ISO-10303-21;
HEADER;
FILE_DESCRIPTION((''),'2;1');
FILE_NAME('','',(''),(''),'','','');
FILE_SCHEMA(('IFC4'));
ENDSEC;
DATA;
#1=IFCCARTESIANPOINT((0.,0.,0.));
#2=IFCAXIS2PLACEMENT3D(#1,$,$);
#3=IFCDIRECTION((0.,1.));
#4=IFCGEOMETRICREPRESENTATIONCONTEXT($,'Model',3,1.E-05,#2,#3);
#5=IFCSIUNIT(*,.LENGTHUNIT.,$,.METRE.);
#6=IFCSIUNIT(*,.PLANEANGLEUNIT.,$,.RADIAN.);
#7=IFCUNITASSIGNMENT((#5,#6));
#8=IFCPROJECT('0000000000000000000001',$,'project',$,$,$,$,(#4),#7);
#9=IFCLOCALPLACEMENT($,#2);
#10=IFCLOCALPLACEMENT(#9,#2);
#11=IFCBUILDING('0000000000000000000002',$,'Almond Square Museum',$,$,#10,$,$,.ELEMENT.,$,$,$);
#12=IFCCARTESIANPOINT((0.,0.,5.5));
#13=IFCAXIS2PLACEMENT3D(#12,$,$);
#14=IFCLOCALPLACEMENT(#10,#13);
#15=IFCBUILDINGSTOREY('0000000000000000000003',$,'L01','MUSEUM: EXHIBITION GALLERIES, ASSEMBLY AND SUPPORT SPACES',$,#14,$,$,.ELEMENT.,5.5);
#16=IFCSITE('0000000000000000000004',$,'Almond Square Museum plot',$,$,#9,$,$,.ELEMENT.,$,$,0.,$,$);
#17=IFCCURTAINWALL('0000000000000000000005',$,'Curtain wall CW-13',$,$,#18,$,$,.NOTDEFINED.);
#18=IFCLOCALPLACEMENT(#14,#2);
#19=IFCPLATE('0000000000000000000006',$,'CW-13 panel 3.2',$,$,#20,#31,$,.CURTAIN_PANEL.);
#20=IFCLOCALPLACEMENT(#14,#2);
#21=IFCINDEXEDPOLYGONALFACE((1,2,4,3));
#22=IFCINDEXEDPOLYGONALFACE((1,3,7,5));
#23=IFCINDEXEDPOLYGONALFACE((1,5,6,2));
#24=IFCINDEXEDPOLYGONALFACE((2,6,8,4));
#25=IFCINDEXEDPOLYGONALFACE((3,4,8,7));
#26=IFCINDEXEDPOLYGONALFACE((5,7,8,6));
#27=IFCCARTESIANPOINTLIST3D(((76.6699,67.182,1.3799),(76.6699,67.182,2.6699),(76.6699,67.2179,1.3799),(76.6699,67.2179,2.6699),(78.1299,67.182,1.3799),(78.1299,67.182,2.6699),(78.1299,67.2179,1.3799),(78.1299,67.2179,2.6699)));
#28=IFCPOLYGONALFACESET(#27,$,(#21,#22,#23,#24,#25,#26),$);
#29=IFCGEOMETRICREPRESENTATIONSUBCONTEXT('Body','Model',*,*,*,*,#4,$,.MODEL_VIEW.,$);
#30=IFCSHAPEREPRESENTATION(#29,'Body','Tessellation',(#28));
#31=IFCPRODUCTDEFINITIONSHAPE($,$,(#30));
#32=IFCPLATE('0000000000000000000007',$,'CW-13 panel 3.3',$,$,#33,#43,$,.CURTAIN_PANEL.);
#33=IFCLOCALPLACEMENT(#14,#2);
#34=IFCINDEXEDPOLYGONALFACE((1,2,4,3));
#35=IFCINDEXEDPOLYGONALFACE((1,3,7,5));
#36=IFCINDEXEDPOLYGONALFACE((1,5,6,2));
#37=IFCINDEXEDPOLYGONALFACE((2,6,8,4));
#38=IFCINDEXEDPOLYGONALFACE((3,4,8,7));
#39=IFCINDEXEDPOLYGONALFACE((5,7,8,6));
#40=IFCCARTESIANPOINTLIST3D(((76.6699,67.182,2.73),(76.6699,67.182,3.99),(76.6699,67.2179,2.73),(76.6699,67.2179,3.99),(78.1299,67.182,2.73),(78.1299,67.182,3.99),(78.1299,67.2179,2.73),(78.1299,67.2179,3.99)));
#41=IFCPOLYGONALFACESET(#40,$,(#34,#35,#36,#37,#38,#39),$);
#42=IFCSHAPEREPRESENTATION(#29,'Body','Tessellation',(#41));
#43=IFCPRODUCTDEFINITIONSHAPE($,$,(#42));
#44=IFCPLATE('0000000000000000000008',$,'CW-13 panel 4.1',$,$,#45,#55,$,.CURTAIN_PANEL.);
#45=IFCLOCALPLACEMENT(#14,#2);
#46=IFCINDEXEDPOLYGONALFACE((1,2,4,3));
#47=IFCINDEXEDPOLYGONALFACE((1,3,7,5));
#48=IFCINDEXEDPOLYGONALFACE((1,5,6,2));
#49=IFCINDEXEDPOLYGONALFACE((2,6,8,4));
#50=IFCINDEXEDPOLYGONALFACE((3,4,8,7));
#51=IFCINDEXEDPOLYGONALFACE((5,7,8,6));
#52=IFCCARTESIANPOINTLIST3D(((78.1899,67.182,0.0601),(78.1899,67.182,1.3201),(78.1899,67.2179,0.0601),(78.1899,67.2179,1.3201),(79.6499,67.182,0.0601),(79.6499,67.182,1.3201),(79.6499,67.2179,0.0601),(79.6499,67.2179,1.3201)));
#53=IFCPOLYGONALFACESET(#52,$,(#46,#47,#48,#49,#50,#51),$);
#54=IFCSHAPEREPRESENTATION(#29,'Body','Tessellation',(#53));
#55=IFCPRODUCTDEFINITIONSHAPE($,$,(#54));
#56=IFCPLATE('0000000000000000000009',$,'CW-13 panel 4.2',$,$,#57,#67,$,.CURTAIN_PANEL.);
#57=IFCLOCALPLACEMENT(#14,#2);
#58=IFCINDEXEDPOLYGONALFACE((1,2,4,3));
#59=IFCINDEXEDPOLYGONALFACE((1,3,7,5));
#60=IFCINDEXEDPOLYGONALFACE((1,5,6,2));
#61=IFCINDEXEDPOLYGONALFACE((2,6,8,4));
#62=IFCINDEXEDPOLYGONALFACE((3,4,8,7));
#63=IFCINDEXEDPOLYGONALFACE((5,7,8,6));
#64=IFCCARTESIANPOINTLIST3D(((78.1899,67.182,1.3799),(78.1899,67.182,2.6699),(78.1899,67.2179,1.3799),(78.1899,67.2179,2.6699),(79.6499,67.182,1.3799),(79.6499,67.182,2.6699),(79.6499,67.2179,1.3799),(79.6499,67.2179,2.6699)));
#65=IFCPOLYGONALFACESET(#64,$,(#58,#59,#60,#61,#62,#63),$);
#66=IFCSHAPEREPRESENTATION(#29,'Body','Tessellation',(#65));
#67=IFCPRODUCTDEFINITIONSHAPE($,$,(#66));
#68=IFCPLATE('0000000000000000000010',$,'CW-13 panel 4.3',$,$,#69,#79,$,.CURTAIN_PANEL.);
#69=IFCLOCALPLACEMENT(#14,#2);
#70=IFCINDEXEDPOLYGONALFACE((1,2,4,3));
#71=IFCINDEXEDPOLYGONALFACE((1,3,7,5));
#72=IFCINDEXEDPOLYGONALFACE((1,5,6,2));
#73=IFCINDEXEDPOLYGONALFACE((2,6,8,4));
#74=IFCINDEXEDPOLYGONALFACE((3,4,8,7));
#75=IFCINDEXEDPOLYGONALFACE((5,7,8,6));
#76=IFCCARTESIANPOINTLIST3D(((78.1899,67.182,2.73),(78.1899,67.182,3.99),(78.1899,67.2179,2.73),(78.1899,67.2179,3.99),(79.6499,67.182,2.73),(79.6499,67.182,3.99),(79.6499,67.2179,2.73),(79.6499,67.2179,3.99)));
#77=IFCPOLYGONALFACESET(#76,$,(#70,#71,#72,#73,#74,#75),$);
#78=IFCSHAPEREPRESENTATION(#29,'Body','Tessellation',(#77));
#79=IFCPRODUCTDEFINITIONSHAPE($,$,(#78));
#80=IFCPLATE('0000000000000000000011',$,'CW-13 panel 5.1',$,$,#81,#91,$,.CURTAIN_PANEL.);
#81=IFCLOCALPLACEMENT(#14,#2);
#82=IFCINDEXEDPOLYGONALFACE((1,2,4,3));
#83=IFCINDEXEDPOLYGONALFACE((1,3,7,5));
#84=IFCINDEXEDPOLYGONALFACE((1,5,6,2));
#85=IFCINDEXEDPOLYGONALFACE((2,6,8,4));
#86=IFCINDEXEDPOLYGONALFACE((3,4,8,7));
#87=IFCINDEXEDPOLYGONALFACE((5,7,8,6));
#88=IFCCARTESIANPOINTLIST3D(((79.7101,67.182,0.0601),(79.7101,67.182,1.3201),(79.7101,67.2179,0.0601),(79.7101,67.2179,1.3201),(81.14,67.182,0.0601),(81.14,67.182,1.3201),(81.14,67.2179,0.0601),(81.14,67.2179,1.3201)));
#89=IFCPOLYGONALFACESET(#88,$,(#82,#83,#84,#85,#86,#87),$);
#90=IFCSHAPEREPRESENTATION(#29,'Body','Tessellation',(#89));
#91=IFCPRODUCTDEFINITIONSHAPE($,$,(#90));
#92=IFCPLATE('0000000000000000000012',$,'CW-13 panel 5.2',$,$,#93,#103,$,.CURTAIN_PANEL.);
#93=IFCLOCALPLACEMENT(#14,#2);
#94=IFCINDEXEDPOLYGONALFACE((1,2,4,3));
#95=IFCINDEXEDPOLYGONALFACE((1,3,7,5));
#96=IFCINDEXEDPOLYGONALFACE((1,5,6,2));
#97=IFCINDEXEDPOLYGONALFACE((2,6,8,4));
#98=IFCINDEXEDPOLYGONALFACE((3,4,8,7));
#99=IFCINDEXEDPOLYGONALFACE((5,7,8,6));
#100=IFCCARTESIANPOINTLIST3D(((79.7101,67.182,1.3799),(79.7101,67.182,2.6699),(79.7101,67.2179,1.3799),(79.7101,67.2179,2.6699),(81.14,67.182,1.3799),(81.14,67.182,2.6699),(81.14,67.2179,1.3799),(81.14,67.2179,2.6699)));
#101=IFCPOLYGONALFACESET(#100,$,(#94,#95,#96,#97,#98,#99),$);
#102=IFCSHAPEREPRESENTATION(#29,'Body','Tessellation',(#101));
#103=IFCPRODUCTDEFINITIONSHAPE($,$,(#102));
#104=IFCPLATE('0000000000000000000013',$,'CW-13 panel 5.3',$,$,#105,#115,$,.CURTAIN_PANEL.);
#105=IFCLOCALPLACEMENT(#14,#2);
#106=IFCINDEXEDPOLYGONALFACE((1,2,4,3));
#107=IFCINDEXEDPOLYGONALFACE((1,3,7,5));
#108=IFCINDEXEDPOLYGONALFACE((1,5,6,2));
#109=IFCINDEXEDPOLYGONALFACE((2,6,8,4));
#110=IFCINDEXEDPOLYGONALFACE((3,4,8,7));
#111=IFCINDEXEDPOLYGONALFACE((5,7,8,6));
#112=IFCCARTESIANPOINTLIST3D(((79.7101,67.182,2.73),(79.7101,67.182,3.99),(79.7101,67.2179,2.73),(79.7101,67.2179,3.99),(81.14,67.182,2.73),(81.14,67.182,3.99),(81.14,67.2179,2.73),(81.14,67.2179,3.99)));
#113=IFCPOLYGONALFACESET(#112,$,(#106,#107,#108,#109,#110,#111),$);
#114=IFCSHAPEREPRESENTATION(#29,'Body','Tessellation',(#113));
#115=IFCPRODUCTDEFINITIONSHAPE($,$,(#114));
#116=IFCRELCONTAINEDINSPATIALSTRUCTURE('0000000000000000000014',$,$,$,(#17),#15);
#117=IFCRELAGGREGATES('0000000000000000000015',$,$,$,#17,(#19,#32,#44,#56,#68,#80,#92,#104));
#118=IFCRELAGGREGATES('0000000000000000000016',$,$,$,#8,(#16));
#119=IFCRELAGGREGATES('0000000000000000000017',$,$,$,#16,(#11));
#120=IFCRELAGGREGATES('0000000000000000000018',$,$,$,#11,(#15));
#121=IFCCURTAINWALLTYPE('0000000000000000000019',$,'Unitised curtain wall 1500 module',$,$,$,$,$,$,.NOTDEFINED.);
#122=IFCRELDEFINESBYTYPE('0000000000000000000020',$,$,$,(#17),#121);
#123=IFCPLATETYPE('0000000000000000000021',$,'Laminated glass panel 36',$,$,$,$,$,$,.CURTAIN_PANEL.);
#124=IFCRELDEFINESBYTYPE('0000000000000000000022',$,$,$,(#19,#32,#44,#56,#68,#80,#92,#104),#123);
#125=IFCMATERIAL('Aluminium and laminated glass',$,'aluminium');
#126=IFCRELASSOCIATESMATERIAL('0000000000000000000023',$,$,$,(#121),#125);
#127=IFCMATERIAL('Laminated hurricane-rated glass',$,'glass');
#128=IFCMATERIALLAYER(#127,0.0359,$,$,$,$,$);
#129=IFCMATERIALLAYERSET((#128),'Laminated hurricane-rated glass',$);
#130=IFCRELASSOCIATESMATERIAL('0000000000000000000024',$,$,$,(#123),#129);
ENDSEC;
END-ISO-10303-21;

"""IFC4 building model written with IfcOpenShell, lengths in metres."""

from ifc_helpers import new_model, si_unit, direction, frame, origin, origin_2d, place, context, subcontext, project, spatial, rectangle, extrude, material, layer, layer_set, type_object, element, aggregate, save


model = new_model("IFC4")

# Units and contexts
model_context = context("Model", 3, precision=1e-05, world=origin(), true_north=direction((0.0, 1.0)))
body_context = subcontext(model_context, "Body", "Model", "MODEL_VIEW")
ifc_project = project(units=[si_unit("LENGTHUNIT", "METRE"), si_unit("PLANEANGLEUNIT", "RADIAN")], contexts=[model_context])

# Site, building, storey
site_placement = place(None, origin())
site = spatial("IfcSite", under=ifc_project, at=site_placement, Name="Almond Square Museum plot", CompositionType="ELEMENT", RefElevation=0.0)
building_placement = place(site_placement, origin())
building = spatial("IfcBuilding", under=site, at=building_placement, Name="Almond Square Museum", CompositionType="ELEMENT")
storey_placement = place(building_placement, frame((0.0, 0.0, 5.5)))
storey = spatial("IfcBuildingStorey", under=building, at=storey_placement, Name="L01", Description="MUSEUM: EXHIBITION GALLERIES, ASSEMBLY AND SUPPORT SPACES", CompositionType="ELEMENT", Elevation=5.5)

# Curtain wall
ifc_material_1 = material(Name="Aluminium and laminated glass", Category="aluminium")
curtain_wall_type = type_object("IfcCurtainWallType", Name="Unitised curtain wall 1500 module", PredefinedType="NOTDEFINED", material=ifc_material_1)
curtain_wall_1_placement = place(storey_placement, origin())
curtain_wall_1 = element("IfcCurtainWall", 1, at=curtain_wall_1_placement, inside=storey, type_object=curtain_wall_type, Name="Curtain wall CW-13", PredefinedType="NOTDEFINED")

# Plates
ifc_material_2 = material(Name="Laminated hurricane-rated glass", Category="glass")
ifc_layer = layer(ifc_material_2, 0.0359)
ifc_layer_set = layer_set([ifc_layer], Name="Laminated hurricane-rated glass")
plate_type = type_object("IfcPlateType", Name="Laminated glass panel 36", PredefinedType="CURTAIN_PANEL", material=ifc_layer_set)
plate_1_placement = place(storey_placement, frame((77.3999, 67.2, 1.3799), z_axis=(0.0, 0.0, 1.0), x_axis=(1.0, 0.0, 0.0)))
plate_1 = element("IfcPlate", 2, at=plate_1_placement, type_object=plate_type, Name="CW-13 panel 3.2", PredefinedType="CURTAIN_PANEL", context=body_context, shape_type="SweptSolid", body=[
    extrude(rectangle(XDim=1.46, YDim=0.0359, at=origin_2d()), origin(), (0.0, 0.0, 1.0), 1.29),
])
plate_2_placement = place(storey_placement, frame((77.3999, 67.2, 2.73), z_axis=(0.0, 0.0, 1.0), x_axis=(1.0, 0.0, 0.0)))
plate_2 = element("IfcPlate", 3, at=plate_2_placement, type_object=plate_type, Name="CW-13 panel 3.3", PredefinedType="CURTAIN_PANEL", context=body_context, shape_type="SweptSolid", body=[
    extrude(rectangle(XDim=1.46, YDim=0.0359, at=origin_2d()), origin(), (0.0, 0.0, 1.0), 1.26),
])
plate_3_placement = place(storey_placement, frame((78.9199, 67.2, 0.0601), z_axis=(0.0, 0.0, 1.0), x_axis=(1.0, 0.0, 0.0)))
plate_3 = element("IfcPlate", 4, at=plate_3_placement, type_object=plate_type, Name="CW-13 panel 4.1", PredefinedType="CURTAIN_PANEL", context=body_context, shape_type="SweptSolid", body=[
    extrude(rectangle(XDim=1.46, YDim=0.0359, at=origin_2d()), origin(), (0.0, 0.0, 1.0), 1.26),
])
plate_4_placement = place(storey_placement, frame((78.9199, 67.2, 1.3799), z_axis=(0.0, 0.0, 1.0), x_axis=(1.0, 0.0, 0.0)))
plate_4 = element("IfcPlate", 5, at=plate_4_placement, type_object=plate_type, Name="CW-13 panel 4.2", PredefinedType="CURTAIN_PANEL", context=body_context, shape_type="SweptSolid", body=[
    extrude(rectangle(XDim=1.46, YDim=0.0359, at=origin_2d()), origin(), (0.0, 0.0, 1.0), 1.29),
])
plate_5_placement = place(storey_placement, frame((78.9199, 67.2, 2.73), z_axis=(0.0, 0.0, 1.0), x_axis=(1.0, 0.0, 0.0)))
plate_5 = element("IfcPlate", 6, at=plate_5_placement, type_object=plate_type, Name="CW-13 panel 4.3", PredefinedType="CURTAIN_PANEL", context=body_context, shape_type="SweptSolid", body=[
    extrude(rectangle(XDim=1.46, YDim=0.0359, at=origin_2d()), origin(), (0.0, 0.0, 1.0), 1.26),
])
plate_6_placement = place(storey_placement, frame((80.425, 67.2, 0.0601), z_axis=(0.0, 0.0, 1.0), x_axis=(1.0, 0.0, 0.0)))
plate_6 = element("IfcPlate", 7, at=plate_6_placement, type_object=plate_type, Name="CW-13 panel 5.1", PredefinedType="CURTAIN_PANEL", context=body_context, shape_type="SweptSolid", body=[
    extrude(rectangle(XDim=1.4299, YDim=0.0359, at=origin_2d()), origin(), (0.0, 0.0, 1.0), 1.26),
])
plate_7_placement = place(storey_placement, frame((80.425, 67.2, 1.3799), z_axis=(0.0, 0.0, 1.0), x_axis=(1.0, 0.0, 0.0)))
plate_7 = element("IfcPlate", 8, at=plate_7_placement, type_object=plate_type, Name="CW-13 panel 5.2", PredefinedType="CURTAIN_PANEL", context=body_context, shape_type="SweptSolid", body=[
    extrude(rectangle(XDim=1.4299, YDim=0.0359, at=origin_2d()), origin(), (0.0, 0.0, 1.0), 1.29),
])
plate_8_placement = place(storey_placement, frame((80.425, 67.2, 2.73), z_axis=(0.0, 0.0, 1.0), x_axis=(1.0, 0.0, 0.0)))
plate_8 = element("IfcPlate", 9, at=plate_8_placement, type_object=plate_type, Name="CW-13 panel 5.3", PredefinedType="CURTAIN_PANEL", context=body_context, shape_type="SweptSolid", body=[
    extrude(rectangle(XDim=1.4299, YDim=0.0359, at=origin_2d()), origin(), (0.0, 0.0, 1.0), 1.26),
])
aggregate(curtain_wall_1, [plate_1, plate_2, plate_3, plate_4, plate_5, plate_6, plate_7, plate_8])

save(model, "model.ifc")
